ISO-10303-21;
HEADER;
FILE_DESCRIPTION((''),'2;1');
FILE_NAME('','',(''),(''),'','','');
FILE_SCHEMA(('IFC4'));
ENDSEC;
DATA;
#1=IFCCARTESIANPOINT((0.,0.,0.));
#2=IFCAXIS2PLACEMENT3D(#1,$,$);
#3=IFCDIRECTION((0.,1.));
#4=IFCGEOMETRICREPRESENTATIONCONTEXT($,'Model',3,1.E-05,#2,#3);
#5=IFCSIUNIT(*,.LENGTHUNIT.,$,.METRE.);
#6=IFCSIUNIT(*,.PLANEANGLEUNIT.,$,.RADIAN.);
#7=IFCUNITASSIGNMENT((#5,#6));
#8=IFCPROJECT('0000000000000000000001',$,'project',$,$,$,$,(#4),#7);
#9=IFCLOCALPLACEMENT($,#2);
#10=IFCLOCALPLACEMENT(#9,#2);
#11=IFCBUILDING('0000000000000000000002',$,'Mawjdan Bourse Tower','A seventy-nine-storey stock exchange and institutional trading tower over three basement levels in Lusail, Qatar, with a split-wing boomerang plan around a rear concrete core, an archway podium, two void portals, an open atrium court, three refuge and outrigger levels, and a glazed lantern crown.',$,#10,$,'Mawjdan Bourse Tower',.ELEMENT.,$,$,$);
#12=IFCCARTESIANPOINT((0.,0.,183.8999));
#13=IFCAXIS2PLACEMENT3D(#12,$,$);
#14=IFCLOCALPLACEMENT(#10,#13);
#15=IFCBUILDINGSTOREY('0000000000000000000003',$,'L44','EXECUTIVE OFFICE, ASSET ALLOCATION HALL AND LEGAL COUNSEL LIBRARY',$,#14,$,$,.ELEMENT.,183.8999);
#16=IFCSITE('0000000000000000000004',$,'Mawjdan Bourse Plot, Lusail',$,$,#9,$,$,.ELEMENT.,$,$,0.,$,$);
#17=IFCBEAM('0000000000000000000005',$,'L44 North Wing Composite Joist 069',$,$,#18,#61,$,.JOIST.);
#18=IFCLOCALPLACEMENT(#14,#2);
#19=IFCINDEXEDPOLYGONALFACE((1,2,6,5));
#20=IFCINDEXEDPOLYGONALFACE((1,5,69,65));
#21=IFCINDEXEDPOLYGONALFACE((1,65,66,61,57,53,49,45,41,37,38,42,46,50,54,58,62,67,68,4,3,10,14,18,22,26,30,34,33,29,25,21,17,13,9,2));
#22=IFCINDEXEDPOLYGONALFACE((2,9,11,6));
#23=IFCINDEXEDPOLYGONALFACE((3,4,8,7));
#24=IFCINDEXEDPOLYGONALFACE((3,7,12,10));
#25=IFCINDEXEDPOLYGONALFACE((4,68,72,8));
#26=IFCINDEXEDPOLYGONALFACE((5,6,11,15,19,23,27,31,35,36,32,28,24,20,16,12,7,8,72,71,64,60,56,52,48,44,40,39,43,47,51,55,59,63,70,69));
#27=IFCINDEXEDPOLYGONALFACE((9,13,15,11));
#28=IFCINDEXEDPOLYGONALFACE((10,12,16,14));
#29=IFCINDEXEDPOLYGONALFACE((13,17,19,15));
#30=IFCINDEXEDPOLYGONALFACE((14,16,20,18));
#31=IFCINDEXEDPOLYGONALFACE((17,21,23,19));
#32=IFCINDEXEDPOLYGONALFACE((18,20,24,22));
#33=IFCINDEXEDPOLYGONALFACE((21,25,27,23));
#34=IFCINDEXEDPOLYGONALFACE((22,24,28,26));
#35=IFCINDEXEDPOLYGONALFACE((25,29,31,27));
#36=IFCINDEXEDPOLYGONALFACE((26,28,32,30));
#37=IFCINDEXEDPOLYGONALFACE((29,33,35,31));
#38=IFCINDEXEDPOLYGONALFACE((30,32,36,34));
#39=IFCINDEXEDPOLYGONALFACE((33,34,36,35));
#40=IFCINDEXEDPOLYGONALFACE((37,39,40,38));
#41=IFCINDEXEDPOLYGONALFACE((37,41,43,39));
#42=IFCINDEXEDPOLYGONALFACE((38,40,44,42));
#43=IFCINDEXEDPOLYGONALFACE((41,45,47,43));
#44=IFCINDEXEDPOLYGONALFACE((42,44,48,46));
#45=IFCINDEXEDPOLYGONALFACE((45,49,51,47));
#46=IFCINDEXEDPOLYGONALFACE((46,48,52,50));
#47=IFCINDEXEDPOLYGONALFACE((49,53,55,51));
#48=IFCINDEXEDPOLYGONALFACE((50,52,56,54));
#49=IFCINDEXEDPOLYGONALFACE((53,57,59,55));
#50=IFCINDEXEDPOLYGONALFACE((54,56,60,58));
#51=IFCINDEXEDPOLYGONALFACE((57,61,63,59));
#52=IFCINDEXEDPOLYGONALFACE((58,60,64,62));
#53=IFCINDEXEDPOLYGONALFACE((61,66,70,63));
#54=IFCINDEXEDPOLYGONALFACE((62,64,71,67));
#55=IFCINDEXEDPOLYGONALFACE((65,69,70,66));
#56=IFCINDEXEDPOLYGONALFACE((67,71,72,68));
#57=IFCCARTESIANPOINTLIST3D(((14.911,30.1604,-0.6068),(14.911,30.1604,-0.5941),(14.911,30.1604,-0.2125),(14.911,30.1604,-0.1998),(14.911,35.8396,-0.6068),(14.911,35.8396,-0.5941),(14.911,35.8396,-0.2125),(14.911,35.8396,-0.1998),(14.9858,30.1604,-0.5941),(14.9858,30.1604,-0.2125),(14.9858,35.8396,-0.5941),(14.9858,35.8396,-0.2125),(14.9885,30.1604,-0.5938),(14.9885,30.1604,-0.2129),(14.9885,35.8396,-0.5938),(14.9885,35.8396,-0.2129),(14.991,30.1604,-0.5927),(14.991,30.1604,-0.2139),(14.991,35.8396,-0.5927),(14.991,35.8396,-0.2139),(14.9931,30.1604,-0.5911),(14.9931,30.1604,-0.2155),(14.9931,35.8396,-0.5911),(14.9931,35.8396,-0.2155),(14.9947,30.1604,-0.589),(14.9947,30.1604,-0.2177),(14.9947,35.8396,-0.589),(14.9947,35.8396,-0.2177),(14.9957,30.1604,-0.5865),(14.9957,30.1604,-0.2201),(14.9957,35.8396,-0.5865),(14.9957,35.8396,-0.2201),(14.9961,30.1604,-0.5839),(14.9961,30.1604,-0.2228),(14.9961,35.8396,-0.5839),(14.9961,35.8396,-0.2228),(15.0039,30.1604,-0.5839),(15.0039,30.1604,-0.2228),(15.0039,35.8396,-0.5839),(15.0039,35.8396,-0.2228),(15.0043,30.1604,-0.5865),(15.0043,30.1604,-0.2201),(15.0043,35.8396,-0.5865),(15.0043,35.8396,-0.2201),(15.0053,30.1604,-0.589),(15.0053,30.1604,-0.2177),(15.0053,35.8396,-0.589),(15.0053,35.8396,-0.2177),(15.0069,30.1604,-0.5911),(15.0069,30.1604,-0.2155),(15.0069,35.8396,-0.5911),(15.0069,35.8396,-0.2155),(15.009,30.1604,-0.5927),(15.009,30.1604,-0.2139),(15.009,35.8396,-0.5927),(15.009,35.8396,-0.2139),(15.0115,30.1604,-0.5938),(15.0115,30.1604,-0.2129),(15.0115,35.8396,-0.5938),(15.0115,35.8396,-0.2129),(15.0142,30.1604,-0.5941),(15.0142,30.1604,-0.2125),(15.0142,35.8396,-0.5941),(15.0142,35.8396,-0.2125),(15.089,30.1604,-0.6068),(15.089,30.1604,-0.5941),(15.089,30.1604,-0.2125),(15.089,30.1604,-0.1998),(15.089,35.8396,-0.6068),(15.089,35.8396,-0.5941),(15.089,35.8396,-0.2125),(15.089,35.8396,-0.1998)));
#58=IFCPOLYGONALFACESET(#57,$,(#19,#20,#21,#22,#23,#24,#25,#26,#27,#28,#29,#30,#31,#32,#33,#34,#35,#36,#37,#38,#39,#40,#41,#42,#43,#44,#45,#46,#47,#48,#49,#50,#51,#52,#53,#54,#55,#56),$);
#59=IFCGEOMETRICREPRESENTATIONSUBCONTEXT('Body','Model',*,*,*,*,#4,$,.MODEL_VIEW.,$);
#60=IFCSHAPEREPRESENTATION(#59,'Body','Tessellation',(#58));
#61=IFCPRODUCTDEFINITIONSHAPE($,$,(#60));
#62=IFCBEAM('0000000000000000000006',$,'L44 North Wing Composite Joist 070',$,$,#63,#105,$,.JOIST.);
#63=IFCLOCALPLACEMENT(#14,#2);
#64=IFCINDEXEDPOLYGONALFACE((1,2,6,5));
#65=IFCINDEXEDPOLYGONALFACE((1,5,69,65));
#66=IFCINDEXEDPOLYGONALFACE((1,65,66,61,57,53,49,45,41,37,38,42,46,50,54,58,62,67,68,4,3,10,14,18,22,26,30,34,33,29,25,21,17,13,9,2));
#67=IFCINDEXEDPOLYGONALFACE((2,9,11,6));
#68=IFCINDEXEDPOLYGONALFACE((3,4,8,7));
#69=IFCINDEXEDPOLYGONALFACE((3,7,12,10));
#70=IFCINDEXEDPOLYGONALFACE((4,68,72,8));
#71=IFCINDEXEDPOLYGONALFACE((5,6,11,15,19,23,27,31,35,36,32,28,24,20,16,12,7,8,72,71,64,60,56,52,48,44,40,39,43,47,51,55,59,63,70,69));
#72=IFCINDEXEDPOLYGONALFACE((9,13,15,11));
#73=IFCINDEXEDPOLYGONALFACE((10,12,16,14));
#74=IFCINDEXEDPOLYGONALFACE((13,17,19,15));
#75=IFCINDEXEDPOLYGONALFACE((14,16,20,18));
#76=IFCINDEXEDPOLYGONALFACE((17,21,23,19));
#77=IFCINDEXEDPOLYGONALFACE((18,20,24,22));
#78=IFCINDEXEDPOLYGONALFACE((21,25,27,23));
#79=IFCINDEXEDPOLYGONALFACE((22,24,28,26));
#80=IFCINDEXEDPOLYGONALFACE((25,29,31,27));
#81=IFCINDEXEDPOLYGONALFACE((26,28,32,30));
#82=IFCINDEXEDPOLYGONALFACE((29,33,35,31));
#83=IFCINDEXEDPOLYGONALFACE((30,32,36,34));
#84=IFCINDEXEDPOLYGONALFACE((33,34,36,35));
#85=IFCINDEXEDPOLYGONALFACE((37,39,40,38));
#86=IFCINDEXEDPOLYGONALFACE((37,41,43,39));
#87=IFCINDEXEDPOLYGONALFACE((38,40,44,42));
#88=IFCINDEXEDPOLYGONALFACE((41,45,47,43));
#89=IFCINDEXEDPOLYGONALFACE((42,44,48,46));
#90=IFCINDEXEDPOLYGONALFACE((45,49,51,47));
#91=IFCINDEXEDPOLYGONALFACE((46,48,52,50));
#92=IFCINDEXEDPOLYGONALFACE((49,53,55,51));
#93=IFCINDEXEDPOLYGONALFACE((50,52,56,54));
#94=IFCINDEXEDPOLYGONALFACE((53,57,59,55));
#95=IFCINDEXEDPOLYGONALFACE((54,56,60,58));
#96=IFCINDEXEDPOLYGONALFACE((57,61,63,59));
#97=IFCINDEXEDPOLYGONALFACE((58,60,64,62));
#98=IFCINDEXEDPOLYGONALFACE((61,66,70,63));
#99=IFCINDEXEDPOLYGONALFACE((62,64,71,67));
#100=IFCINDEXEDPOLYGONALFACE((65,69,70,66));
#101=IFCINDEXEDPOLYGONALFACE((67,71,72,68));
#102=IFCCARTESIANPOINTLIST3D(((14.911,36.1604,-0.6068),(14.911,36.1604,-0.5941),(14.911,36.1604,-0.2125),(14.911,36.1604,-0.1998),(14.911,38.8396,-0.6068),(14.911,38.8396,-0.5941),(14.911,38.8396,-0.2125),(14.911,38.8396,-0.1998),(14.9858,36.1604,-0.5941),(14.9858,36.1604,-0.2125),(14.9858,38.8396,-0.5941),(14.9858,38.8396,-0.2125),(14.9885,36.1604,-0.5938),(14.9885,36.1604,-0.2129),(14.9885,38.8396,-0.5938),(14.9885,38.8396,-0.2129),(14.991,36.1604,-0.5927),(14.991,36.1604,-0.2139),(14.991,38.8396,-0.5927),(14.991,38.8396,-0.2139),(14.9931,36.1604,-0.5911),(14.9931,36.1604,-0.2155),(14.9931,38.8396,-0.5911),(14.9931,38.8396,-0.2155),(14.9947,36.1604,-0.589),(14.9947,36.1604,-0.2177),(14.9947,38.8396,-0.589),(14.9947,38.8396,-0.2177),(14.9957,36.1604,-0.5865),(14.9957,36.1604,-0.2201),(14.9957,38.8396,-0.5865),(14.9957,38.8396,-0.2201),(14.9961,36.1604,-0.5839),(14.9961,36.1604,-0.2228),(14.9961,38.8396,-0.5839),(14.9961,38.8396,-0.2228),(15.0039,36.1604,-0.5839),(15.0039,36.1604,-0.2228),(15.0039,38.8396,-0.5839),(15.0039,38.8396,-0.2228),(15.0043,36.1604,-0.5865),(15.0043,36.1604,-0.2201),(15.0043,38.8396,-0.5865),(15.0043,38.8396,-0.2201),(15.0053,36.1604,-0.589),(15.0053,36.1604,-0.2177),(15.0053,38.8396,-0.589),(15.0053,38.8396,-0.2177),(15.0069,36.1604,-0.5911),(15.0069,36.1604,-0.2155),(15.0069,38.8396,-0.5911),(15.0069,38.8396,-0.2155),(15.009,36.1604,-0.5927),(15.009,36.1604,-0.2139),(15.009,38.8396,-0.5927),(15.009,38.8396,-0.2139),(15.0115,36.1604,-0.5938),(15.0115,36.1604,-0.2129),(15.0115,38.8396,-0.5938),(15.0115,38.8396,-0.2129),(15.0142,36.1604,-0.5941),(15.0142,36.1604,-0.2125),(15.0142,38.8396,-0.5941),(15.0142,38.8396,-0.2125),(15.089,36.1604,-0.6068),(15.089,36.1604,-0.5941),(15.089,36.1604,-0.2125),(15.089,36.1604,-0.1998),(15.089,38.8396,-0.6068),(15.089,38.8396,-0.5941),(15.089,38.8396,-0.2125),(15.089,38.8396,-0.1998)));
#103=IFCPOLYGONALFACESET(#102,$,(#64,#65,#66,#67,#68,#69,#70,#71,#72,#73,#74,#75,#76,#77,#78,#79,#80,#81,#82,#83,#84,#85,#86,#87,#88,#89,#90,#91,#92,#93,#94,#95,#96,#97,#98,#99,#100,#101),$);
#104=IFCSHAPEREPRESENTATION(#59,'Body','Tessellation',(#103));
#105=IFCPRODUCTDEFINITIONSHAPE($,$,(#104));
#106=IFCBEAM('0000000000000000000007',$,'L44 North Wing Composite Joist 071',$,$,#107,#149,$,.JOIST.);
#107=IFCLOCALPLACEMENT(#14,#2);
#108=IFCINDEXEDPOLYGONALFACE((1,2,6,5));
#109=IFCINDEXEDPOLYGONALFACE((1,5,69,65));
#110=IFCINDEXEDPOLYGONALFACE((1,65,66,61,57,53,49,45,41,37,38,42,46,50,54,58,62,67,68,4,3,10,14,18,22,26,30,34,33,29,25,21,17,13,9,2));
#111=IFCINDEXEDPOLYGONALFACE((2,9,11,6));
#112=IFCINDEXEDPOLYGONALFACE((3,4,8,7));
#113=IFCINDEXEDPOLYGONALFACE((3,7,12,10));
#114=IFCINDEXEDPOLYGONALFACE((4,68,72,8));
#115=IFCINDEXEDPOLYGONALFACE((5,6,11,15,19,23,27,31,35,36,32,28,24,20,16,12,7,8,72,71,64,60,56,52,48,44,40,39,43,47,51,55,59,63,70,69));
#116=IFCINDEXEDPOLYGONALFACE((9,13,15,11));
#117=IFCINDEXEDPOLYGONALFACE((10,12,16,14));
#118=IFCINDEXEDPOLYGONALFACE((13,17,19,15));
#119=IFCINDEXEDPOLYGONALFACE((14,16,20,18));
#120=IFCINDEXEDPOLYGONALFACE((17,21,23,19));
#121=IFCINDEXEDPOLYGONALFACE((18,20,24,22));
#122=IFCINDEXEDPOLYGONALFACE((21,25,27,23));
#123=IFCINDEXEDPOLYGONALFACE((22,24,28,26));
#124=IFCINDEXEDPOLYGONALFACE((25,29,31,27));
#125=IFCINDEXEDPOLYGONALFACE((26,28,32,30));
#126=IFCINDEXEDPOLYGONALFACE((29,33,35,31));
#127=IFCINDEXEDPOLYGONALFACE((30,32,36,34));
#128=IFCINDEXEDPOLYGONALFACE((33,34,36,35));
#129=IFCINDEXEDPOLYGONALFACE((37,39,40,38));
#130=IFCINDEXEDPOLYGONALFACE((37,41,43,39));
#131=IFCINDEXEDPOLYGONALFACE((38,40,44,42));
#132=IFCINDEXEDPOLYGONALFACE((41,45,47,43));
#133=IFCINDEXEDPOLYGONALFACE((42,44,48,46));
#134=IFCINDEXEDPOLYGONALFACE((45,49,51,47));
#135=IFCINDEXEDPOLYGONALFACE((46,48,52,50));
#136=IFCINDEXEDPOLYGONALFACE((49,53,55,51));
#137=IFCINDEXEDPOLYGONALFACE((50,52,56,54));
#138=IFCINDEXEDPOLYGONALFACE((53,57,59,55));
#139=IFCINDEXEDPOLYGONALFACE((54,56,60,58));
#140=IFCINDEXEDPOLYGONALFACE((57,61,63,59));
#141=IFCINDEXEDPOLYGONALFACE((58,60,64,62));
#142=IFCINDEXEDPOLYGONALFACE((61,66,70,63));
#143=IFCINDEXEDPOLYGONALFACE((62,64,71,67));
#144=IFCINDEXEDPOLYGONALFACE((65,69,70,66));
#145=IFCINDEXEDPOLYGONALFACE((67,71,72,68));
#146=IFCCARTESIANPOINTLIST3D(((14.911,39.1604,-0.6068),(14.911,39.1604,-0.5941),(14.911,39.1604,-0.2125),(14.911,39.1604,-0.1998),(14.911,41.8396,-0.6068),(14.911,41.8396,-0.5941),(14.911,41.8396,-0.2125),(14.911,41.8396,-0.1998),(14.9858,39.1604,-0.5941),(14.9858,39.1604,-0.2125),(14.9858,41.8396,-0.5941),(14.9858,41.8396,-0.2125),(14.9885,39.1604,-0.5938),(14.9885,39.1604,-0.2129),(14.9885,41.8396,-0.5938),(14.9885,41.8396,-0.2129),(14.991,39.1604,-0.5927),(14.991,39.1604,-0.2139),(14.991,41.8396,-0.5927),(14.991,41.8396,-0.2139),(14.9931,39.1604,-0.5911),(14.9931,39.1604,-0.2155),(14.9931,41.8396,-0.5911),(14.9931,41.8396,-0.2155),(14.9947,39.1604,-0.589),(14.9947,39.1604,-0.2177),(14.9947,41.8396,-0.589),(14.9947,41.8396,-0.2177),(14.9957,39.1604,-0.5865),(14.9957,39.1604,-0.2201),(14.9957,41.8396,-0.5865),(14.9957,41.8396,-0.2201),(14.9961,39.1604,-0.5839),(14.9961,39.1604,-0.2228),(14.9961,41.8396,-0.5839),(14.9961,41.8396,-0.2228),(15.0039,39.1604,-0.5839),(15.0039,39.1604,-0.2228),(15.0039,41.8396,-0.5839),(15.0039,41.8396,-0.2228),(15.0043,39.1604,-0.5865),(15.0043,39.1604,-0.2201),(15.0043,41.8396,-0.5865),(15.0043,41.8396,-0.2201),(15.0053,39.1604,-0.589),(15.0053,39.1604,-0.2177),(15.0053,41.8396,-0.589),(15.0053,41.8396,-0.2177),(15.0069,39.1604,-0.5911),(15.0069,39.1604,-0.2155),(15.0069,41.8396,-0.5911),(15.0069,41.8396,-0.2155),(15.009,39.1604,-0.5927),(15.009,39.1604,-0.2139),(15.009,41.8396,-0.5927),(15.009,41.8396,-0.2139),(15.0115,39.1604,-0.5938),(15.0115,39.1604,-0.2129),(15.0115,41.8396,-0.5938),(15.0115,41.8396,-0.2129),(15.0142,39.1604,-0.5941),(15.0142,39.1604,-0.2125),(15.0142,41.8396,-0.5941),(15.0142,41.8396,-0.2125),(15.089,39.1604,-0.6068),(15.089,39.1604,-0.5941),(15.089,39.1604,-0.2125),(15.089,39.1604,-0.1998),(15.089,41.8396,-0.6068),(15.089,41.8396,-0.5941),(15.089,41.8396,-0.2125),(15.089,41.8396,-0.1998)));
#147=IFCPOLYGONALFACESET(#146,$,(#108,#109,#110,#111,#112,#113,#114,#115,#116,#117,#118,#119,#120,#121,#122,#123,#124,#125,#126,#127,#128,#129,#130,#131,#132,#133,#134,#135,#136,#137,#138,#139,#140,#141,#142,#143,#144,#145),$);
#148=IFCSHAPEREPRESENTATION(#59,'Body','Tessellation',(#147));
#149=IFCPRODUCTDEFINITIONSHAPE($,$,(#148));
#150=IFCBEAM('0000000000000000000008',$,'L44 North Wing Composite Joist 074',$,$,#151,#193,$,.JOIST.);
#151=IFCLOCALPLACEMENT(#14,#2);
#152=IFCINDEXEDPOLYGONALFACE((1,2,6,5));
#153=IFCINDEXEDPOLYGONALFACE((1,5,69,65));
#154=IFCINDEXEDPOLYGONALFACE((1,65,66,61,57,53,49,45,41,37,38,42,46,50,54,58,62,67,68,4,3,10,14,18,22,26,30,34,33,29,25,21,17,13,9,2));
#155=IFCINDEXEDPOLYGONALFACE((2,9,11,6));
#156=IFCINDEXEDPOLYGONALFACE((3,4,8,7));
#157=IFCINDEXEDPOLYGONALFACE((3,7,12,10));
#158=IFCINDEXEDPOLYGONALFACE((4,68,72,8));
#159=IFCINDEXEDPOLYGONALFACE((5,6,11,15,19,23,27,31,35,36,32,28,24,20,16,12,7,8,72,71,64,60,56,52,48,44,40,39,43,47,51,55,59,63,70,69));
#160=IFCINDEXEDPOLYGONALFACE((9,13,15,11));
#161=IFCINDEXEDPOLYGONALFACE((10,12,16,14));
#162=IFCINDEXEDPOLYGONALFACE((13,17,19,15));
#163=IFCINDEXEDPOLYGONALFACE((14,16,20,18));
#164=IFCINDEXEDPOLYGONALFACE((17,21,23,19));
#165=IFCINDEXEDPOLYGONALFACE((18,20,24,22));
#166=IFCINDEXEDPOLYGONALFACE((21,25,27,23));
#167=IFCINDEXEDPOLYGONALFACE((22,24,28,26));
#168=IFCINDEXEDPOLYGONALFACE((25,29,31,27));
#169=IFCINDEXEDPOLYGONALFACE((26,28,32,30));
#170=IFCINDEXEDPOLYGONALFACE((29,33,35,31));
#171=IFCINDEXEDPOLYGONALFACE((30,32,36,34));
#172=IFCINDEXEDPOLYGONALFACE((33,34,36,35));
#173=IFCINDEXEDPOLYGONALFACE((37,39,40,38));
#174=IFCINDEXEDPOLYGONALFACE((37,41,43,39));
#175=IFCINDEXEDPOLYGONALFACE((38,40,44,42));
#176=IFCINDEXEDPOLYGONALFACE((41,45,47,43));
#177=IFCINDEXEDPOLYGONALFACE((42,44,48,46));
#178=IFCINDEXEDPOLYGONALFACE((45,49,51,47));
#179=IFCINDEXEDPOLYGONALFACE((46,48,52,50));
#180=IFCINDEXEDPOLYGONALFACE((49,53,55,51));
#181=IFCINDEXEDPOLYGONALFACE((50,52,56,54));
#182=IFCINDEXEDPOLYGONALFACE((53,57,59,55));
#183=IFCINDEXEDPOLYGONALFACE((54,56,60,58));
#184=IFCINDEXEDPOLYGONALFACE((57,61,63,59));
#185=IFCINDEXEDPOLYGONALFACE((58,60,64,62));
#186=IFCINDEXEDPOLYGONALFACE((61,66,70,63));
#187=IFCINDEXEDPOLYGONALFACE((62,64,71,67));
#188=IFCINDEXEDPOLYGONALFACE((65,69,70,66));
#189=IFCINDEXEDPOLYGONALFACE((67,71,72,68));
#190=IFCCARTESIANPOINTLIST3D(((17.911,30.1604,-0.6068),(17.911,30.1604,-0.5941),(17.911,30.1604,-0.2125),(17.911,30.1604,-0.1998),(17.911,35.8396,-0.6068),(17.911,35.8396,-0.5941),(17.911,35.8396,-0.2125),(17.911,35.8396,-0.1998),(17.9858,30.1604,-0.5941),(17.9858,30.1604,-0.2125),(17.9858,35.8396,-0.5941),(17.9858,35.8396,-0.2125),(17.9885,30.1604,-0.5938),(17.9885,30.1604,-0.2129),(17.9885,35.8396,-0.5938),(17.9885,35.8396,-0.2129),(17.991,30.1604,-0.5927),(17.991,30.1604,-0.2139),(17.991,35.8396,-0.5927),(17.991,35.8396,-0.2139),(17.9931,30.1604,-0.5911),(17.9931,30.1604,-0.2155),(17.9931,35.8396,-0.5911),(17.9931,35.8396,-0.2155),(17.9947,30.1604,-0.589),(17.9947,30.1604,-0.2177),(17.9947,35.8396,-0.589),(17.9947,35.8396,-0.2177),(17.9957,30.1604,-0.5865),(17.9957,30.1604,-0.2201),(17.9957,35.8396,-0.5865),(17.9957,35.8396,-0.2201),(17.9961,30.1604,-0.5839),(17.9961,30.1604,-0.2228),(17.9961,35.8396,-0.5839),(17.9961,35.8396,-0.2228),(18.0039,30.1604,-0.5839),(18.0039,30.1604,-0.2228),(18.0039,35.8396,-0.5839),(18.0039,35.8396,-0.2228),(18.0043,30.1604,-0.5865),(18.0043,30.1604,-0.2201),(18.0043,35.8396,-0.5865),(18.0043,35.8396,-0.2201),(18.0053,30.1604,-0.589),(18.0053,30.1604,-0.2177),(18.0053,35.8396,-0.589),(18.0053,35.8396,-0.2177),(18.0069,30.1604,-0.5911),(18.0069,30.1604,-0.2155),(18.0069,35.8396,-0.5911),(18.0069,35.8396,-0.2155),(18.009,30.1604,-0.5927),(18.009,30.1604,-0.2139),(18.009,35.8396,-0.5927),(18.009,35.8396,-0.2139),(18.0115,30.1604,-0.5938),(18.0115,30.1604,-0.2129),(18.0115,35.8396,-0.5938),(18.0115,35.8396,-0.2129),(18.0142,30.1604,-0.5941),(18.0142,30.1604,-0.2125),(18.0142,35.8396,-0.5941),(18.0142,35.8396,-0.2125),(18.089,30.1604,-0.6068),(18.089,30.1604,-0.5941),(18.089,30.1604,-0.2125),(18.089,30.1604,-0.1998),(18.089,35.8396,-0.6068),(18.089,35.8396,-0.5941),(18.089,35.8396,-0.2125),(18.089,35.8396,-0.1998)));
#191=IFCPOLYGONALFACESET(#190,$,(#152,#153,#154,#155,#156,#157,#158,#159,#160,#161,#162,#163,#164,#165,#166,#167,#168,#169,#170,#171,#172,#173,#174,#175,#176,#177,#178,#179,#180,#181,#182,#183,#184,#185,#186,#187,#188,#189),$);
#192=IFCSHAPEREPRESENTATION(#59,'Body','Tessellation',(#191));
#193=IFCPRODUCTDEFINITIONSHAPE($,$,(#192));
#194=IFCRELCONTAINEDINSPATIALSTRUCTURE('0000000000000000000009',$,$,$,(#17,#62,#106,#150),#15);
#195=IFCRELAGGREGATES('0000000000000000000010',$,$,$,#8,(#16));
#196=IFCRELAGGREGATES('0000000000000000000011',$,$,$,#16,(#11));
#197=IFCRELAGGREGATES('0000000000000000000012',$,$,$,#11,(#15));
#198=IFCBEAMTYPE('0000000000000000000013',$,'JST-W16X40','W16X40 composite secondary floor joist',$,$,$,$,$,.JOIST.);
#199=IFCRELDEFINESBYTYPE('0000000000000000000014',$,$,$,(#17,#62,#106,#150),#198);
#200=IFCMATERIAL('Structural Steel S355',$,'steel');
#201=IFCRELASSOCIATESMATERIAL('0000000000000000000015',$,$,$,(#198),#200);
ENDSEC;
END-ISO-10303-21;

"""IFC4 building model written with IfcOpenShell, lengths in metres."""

from ifc_helpers import new_model, si_unit, direction, frame, origin, origin_2d, place, context, subcontext, project, spatial, i_section, extrude, material, material_profile, profile_set, type_object, element, save


model = new_model("IFC4")

# Units and contexts
model_context = context("Model", 3, precision=1e-05, world=origin(), true_north=direction((0.0, 1.0)))
body_context = subcontext(model_context, "Body", "Model", "MODEL_VIEW")
ifc_project = project(units=[si_unit("LENGTHUNIT", "METRE"), si_unit("PLANEANGLEUNIT", "RADIAN")], contexts=[model_context])

# Site, building, storey
site_placement = place(None, origin())
site = spatial("IfcSite", under=ifc_project, at=site_placement, Name="Mawjdan Bourse Plot, Lusail", CompositionType="ELEMENT", RefElevation=0.0)
building_placement = place(site_placement, origin())
building = spatial("IfcBuilding", under=site, at=building_placement, Name="Mawjdan Bourse Tower", Description="A seventy-nine-storey stock exchange and institutional trading tower over three basement levels in Lusail, Qatar, with a split-wing boomerang plan around a rear concrete core, an archway podium, two void portals, an open atrium court, three refuge and outrigger levels, and a glazed lantern crown.", LongName="Mawjdan Bourse Tower", CompositionType="ELEMENT")
storey_placement = place(building_placement, frame((0.0, 0.0, 183.8999)))
storey = spatial("IfcBuildingStorey", under=building, at=storey_placement, Name="L44", Description="EXECUTIVE OFFICE, ASSET ALLOCATION HALL AND LEGAL COUNSEL LIBRARY", CompositionType="ELEMENT", Elevation=183.8999)

# Beams
ifc_material_1 = material(Name="Structural Steel S355", Category="steel")
ifc_material_profile_1 = material_profile(ifc_material_1, i_section(OverallWidth=0.178, OverallDepth=0.407, WebThickness=0.0078, FlangeThickness=0.0127, FilletRadius=0.0103, at=origin_2d()), Name="W16X40")
ifc_profile_set_1 = profile_set([ifc_material_profile_1], Name="Structural Steel S355")
beam_type_1 = type_object("IfcBeamType", Name="JST-W16X40", Description="W16X40 composite secondary floor joist", PredefinedType="JOIST", material=ifc_profile_set_1)
beam_1_placement = place(storey_placement, frame((15.0, 30.1604, -0.4033), z_axis=(0.0, 1.0, 0.0), x_axis=(-1.0, 0.0, 0.0)))
element("IfcBeam", 1, at=beam_1_placement, inside=storey, type_object=beam_type_1, Name="L44 North Wing Composite Joist 069", PredefinedType="JOIST", context=body_context, shape_type="SweptSolid", body=[
    extrude(i_section(OverallWidth=0.178, OverallDepth=0.407, WebThickness=0.0078, FlangeThickness=0.0127, FilletRadius=0.0103, at=origin_2d()), origin(), (0.0, 0.0, 1.0), 5.6792),
])
for number, where, z_axis, x_axis, name in (
    (2, (15.0, 36.1604, -0.4033), (0.0, 1.0, 0.0), (-1.0, 0.0, 0.0), "L44 North Wing Composite Joist 070"),
    (3, (15.0, 39.1604, -0.4033), (0.0, 1.0, 0.0), (-1.0, 0.0, 0.0), "L44 North Wing Composite Joist 071"),
):
    element("IfcBeam", number, at=place(storey_placement, frame(where, z_axis=z_axis, x_axis=x_axis)), inside=storey, type_object=beam_type_1, Name=name, PredefinedType="JOIST", context=body_context, shape_type="SweptSolid", body=[
        extrude(i_section(OverallWidth=0.178, OverallDepth=0.407, WebThickness=0.0078, FlangeThickness=0.0127, FilletRadius=0.0103, at=origin_2d()), origin(), (0.0, 0.0, 1.0), 2.6792),
    ])
beam_2_placement = place(storey_placement, frame((18.0, 30.1604, -0.4033), z_axis=(0.0, 1.0, 0.0), x_axis=(-1.0, 0.0, 0.0)))
element("IfcBeam", 4, at=beam_2_placement, inside=storey, type_object=beam_type_1, Name="L44 North Wing Composite Joist 074", PredefinedType="JOIST", context=body_context, shape_type="SweptSolid", body=[
    extrude(i_section(OverallWidth=0.178, OverallDepth=0.407, WebThickness=0.0078, FlangeThickness=0.0127, FilletRadius=0.0103, at=origin_2d()), origin(), (0.0, 0.0, 1.0), 5.6792),
])

save(model, "model.ifc")
